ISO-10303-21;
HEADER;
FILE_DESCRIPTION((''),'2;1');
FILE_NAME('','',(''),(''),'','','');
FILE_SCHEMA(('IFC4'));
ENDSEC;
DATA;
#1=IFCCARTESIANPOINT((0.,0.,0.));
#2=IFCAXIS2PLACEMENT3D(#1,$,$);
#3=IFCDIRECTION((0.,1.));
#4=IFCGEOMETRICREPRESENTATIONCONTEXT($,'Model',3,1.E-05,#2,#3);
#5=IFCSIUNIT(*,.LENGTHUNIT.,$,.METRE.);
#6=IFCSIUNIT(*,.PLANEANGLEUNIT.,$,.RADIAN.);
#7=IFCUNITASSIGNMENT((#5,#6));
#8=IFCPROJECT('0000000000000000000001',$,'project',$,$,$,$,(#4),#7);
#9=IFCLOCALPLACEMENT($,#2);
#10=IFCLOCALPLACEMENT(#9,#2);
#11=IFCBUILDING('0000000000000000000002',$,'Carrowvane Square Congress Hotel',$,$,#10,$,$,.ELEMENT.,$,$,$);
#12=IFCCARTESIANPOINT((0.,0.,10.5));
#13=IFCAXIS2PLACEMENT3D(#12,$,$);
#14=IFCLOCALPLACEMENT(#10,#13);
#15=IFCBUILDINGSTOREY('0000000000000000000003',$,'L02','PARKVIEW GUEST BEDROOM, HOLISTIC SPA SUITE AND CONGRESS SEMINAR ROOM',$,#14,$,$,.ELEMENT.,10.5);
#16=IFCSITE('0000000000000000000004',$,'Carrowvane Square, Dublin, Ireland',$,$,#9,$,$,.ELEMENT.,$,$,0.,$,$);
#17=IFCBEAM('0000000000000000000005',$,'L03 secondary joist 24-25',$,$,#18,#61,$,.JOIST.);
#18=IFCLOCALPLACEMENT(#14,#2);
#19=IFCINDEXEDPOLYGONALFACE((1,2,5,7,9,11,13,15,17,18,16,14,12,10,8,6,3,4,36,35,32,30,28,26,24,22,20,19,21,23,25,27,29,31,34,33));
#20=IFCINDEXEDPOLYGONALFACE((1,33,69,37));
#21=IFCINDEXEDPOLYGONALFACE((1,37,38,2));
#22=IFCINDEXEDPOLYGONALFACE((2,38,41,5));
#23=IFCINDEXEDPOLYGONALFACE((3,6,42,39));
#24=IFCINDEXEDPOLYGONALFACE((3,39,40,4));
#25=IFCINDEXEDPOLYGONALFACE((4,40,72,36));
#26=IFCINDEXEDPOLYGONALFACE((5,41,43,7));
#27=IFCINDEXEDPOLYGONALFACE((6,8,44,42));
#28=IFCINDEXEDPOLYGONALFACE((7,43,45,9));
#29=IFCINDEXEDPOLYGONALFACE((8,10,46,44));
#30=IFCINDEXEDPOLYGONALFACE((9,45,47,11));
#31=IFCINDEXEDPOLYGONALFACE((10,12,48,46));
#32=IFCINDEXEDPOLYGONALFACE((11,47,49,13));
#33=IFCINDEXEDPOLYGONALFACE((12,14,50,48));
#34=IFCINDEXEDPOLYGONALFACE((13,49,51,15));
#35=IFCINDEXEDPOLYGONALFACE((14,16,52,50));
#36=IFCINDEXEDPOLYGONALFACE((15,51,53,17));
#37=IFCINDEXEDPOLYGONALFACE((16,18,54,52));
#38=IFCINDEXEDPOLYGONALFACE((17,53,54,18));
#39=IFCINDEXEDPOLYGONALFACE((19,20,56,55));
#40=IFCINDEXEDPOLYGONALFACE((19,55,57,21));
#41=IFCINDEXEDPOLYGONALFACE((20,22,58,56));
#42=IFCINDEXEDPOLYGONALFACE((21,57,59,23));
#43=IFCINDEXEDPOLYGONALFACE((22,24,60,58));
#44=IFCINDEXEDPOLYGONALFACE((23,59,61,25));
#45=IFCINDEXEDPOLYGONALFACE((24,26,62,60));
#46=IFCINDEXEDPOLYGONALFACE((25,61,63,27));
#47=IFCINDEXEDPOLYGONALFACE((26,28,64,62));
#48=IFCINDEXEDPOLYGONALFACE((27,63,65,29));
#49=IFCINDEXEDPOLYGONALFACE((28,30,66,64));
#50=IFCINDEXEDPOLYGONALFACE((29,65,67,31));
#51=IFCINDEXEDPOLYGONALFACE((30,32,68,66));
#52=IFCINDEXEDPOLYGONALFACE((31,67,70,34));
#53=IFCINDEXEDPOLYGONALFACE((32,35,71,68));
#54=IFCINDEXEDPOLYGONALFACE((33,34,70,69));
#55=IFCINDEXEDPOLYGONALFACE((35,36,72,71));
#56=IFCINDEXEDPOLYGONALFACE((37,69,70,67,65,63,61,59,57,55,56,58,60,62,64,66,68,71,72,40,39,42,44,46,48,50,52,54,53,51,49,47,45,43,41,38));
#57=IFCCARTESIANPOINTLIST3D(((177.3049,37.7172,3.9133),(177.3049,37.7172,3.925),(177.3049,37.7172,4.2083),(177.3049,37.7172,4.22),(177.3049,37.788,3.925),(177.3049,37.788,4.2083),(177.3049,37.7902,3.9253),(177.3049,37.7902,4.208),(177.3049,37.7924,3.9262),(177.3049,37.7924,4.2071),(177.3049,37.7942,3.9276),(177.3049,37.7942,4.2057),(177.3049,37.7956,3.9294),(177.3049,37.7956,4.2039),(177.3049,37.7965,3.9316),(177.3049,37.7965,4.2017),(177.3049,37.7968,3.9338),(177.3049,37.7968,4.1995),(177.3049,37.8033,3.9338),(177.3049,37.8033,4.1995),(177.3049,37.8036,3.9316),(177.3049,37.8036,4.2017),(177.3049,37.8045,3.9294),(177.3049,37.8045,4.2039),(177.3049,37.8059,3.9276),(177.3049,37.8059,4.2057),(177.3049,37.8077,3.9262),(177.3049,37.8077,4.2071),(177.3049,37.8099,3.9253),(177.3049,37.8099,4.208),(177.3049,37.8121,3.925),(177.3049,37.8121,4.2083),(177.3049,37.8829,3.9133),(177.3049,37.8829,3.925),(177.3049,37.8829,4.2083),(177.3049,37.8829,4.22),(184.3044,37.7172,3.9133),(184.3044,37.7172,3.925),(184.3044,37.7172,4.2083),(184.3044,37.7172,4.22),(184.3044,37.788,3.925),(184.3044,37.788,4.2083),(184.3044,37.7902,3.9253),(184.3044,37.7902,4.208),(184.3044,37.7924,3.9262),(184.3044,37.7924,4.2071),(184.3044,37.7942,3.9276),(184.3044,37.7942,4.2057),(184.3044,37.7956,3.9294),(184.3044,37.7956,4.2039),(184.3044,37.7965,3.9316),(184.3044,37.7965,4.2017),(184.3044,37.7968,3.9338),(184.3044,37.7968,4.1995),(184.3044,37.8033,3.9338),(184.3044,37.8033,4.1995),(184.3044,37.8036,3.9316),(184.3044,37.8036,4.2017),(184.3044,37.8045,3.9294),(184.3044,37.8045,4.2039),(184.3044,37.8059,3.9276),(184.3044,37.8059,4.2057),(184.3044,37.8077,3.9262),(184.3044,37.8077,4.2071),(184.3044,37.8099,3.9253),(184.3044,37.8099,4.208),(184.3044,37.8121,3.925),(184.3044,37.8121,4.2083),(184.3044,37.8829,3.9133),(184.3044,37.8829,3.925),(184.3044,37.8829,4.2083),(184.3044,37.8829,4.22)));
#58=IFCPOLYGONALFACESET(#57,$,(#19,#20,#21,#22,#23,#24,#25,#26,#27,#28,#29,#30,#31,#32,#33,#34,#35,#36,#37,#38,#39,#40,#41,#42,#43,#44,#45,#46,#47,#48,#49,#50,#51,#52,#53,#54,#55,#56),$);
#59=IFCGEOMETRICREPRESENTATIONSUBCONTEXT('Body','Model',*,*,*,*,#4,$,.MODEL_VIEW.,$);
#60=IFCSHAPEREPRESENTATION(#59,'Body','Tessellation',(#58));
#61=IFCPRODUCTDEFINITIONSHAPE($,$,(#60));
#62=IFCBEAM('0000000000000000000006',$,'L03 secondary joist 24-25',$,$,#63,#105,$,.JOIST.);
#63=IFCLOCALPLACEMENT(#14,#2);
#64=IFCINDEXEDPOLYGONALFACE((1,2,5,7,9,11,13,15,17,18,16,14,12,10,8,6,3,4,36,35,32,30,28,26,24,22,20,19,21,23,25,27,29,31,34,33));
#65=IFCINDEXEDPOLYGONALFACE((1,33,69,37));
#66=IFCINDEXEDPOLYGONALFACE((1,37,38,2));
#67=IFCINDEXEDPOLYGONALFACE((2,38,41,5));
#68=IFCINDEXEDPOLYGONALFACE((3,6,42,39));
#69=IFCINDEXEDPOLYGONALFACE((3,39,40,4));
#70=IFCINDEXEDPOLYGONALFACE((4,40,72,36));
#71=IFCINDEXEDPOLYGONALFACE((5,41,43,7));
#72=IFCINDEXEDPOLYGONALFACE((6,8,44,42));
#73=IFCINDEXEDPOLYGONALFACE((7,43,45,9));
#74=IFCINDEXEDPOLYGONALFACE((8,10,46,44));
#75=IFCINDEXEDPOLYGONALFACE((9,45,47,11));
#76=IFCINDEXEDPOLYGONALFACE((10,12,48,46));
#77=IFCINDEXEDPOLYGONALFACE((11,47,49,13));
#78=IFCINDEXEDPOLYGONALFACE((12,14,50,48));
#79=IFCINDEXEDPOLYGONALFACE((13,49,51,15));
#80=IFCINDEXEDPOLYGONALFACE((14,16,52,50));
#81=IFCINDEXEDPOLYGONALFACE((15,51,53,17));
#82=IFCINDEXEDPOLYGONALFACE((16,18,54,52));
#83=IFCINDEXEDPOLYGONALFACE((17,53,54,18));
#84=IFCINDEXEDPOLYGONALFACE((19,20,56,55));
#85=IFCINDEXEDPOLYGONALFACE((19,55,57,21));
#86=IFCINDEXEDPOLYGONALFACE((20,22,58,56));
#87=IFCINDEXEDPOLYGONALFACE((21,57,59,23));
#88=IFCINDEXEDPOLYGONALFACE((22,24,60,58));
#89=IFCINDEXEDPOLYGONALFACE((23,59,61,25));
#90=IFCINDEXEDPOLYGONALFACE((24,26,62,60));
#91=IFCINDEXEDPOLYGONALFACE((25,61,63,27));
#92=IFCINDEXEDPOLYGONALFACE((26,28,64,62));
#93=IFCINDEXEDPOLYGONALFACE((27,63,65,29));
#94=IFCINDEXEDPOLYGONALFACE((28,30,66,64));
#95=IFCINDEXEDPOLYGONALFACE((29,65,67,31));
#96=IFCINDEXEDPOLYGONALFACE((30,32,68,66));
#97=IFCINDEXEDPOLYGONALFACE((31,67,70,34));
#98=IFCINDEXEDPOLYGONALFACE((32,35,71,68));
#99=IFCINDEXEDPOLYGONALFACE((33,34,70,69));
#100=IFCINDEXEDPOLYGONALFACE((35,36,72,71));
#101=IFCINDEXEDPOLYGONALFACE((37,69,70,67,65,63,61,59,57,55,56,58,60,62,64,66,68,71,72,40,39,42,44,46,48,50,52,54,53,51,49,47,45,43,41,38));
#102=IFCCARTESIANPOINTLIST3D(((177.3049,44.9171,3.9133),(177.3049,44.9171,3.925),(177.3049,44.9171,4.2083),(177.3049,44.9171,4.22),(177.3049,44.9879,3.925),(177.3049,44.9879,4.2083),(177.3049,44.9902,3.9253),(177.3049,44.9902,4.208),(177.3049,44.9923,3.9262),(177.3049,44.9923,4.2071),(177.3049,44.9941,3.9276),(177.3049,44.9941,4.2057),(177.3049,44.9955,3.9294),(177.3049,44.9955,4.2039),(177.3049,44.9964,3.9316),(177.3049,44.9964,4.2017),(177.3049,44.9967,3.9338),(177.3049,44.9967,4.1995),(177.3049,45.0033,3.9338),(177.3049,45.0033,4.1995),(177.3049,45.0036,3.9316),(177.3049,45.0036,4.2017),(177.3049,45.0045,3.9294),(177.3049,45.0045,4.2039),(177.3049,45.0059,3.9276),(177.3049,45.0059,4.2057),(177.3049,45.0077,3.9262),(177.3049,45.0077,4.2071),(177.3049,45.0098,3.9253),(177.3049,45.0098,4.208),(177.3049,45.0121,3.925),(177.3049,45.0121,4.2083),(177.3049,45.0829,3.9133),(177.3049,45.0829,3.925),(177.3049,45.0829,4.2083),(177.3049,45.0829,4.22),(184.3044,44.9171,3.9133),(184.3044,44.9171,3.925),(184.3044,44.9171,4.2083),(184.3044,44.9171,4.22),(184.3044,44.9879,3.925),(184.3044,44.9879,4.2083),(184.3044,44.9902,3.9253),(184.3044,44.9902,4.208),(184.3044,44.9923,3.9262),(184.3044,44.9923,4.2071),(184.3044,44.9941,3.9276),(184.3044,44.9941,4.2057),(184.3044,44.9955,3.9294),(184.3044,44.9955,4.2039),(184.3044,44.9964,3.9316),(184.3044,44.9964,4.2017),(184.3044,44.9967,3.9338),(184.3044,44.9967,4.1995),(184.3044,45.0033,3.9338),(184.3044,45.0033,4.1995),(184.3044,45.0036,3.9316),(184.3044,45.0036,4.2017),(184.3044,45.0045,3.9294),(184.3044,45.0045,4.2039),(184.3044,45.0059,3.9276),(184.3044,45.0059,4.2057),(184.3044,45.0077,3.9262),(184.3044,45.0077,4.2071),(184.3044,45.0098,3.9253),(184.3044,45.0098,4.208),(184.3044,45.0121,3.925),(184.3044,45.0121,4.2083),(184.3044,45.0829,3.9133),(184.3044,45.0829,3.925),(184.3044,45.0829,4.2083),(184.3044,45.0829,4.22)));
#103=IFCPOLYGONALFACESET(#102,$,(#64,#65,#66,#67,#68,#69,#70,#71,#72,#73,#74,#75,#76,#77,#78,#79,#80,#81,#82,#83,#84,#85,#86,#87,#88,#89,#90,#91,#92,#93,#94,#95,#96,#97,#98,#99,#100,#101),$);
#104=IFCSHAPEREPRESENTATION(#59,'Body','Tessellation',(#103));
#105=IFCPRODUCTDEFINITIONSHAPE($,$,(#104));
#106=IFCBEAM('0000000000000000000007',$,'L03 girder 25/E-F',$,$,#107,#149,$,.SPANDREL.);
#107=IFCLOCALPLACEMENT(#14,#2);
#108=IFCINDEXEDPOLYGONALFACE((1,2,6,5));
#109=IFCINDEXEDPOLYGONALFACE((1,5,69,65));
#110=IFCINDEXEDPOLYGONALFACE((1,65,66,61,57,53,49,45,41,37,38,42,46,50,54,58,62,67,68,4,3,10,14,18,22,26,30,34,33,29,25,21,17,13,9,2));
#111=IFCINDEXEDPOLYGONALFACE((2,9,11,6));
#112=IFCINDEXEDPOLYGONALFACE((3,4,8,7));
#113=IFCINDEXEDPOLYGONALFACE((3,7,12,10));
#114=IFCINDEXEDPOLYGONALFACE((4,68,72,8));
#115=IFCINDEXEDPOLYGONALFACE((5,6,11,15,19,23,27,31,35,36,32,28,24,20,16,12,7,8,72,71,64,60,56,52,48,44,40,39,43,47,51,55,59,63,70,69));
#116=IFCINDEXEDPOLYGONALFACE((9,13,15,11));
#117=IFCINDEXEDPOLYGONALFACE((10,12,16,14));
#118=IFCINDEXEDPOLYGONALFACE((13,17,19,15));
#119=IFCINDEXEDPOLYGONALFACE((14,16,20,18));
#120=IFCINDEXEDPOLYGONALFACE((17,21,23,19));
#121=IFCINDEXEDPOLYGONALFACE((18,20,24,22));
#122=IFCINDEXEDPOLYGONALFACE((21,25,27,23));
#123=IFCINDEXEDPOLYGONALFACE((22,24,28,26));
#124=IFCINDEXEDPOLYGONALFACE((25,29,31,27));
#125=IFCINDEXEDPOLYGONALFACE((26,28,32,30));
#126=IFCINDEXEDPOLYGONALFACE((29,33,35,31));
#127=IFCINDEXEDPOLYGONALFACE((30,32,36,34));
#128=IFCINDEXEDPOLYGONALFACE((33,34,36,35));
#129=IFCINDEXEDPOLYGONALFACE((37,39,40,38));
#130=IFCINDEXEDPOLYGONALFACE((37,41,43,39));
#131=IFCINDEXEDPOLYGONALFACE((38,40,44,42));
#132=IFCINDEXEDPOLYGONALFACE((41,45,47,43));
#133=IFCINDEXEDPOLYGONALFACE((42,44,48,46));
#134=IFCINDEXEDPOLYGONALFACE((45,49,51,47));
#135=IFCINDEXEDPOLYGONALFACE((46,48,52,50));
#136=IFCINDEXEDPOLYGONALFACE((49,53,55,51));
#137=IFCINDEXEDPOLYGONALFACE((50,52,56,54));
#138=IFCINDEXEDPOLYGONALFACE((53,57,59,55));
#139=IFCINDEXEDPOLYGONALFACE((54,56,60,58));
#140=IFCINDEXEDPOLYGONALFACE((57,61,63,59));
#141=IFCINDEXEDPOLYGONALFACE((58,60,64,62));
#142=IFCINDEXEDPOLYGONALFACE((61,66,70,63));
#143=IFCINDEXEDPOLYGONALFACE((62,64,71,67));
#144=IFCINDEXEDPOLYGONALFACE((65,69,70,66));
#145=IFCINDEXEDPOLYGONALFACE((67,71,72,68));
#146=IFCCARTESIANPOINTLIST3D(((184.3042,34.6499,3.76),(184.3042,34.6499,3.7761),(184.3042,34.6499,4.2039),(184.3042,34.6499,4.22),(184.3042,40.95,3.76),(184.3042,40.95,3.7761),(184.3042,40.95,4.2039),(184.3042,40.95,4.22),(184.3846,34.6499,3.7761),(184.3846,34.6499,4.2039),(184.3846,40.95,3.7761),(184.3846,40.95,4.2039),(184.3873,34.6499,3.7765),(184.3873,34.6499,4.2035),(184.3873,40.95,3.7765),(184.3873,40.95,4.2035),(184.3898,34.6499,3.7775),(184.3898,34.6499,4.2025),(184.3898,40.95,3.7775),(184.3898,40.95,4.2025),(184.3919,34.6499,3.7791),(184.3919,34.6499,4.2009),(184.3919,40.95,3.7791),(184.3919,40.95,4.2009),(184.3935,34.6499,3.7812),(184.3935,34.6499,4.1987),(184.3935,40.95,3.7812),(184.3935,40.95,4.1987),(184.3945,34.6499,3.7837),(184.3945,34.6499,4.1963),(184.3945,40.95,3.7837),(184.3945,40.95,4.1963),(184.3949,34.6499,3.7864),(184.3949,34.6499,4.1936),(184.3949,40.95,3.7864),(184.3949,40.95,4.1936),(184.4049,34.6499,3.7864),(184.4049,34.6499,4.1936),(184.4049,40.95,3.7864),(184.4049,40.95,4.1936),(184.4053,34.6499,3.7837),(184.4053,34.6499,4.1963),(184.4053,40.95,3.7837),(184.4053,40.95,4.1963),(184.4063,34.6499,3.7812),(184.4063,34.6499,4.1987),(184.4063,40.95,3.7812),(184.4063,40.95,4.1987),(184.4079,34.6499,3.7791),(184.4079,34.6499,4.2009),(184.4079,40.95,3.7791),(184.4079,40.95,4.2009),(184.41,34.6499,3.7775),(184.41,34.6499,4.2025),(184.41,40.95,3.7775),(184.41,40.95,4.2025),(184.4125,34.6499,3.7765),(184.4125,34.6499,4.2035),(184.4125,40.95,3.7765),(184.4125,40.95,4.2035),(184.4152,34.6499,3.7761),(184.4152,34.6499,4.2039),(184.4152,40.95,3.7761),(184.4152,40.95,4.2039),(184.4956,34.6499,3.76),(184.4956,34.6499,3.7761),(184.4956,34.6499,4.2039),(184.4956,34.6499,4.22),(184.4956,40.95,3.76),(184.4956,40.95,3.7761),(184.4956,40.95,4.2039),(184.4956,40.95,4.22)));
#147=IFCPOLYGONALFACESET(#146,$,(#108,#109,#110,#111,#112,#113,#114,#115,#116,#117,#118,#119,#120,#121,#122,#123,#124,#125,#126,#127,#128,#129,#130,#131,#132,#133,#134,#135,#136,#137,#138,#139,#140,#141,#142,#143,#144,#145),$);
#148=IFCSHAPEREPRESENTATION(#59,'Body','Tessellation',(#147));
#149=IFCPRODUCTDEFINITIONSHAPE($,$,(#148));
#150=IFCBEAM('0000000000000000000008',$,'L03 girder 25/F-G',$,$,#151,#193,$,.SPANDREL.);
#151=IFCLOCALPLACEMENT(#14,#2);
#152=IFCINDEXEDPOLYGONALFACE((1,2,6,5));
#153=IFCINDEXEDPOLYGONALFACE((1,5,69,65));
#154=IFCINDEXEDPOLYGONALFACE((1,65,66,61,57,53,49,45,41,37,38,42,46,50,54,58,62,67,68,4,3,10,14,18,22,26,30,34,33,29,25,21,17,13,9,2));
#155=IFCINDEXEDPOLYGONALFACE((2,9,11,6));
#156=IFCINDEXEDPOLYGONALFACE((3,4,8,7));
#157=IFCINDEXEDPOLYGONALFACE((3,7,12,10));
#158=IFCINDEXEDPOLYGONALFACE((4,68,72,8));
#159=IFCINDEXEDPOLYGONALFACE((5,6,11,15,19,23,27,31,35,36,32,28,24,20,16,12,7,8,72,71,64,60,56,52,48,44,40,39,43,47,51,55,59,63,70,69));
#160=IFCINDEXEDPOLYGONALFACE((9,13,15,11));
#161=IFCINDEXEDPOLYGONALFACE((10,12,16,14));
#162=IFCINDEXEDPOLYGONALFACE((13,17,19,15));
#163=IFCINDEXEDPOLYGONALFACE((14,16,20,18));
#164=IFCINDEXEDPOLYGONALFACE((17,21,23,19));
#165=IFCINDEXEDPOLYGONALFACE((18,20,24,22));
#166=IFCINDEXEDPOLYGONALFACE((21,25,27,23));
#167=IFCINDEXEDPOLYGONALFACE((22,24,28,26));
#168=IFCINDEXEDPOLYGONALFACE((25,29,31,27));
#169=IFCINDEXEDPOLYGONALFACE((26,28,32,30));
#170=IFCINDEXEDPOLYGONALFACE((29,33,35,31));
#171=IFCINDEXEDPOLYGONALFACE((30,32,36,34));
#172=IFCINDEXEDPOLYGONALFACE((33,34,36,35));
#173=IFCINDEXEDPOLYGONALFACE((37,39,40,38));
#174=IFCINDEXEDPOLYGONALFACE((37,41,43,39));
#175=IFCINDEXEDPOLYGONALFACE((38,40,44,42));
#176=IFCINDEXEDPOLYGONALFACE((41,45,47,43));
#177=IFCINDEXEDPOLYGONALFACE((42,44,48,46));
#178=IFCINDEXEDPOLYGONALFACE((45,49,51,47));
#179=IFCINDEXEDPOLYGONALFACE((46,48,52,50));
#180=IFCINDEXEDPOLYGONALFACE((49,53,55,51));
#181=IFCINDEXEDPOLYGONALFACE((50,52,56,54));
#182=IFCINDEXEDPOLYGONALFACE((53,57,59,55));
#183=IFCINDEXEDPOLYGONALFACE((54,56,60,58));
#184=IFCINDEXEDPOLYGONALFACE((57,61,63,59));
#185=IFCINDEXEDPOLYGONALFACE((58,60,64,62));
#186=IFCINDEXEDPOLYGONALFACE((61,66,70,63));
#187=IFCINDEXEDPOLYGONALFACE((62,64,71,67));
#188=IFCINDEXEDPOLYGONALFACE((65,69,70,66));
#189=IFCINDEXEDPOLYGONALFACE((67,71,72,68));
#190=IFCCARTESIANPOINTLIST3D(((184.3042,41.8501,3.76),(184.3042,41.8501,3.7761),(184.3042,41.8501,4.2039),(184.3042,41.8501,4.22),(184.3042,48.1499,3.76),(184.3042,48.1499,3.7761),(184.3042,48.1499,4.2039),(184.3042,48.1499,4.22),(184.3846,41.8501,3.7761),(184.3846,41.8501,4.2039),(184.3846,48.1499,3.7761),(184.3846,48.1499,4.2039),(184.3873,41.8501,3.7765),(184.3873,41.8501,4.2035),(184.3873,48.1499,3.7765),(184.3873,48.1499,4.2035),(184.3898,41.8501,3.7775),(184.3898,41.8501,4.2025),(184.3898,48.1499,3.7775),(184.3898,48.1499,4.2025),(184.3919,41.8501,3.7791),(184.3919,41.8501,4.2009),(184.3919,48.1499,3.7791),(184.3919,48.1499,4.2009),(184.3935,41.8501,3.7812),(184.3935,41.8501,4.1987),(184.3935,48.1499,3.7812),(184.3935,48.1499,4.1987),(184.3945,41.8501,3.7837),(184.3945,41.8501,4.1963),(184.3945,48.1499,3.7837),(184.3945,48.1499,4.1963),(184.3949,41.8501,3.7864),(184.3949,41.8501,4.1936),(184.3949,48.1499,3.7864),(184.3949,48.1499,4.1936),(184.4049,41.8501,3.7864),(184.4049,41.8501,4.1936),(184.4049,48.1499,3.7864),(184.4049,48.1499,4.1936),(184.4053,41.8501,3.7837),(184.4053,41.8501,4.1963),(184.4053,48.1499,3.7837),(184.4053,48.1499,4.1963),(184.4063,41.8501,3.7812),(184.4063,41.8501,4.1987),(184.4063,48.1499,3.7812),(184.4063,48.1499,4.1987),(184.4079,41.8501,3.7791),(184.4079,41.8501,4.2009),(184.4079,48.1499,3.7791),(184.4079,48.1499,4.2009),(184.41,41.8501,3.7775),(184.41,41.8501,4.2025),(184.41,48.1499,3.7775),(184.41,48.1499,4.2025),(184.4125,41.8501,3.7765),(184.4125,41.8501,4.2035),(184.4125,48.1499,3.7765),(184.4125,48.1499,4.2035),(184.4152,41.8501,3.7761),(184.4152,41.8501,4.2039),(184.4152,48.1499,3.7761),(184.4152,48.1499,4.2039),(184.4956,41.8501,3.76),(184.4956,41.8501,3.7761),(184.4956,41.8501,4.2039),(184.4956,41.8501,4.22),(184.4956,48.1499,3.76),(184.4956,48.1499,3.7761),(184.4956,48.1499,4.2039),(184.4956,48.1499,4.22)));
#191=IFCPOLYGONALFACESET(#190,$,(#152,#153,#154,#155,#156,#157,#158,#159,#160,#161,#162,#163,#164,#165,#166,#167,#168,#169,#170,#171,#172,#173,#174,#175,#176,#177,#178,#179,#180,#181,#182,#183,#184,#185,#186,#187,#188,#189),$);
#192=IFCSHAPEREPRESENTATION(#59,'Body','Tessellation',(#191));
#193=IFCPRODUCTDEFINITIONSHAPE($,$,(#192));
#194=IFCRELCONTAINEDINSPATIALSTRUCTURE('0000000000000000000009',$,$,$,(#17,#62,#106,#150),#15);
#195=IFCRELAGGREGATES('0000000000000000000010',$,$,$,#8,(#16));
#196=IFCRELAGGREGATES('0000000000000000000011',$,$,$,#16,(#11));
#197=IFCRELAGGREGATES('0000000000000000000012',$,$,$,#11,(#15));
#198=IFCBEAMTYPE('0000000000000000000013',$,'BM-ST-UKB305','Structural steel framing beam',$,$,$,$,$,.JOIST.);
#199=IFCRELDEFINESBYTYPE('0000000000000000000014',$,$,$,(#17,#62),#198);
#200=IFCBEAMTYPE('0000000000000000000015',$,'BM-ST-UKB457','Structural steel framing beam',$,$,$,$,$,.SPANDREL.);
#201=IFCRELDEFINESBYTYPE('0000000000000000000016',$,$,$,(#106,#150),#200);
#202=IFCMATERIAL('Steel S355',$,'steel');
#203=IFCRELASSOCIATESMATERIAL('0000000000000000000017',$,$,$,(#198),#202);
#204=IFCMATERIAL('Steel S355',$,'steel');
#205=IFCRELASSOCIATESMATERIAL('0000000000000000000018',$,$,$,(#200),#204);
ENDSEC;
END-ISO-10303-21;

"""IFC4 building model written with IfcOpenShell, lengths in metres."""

from ifc_helpers import new_model, si_unit, direction, frame, origin, origin_2d, place, context, subcontext, project, spatial, i_section, extrude, material, material_profile, profile_set, type_object, element, save


model = new_model("IFC4")

# Units and contexts
model_context = context("Model", 3, precision=1e-05, world=origin(), true_north=direction((0.0, 1.0)))
body_context = subcontext(model_context, "Body", "Model", "MODEL_VIEW")
ifc_project = project(units=[si_unit("LENGTHUNIT", "METRE"), si_unit("PLANEANGLEUNIT", "RADIAN")], contexts=[model_context])

# Site, building, storey
site_placement = place(None, origin())
site = spatial("IfcSite", under=ifc_project, at=site_placement, Name="Carrowvane Square, Dublin, Ireland", CompositionType="ELEMENT", RefElevation=0.0)
building_placement = place(site_placement, origin())
building = spatial("IfcBuilding", under=site, at=building_placement, Name="Carrowvane Square Congress Hotel", CompositionType="ELEMENT")
storey_placement = place(building_placement, frame((0.0, 0.0, 10.5)))
storey = spatial("IfcBuildingStorey", under=building, at=storey_placement, Name="L02", Description="PARKVIEW GUEST BEDROOM, HOLISTIC SPA SUITE AND CONGRESS SEMINAR ROOM", CompositionType="ELEMENT", Elevation=10.5)

# Beams
ifc_material_1 = material(Name="Steel S355", Category="steel")
ifc_material_profile_1 = material_profile(ifc_material_1, i_section(OverallWidth=0.1658, OverallDepth=0.3066, WebThickness=0.0066, FlangeThickness=0.0117, FilletRadius=0.0088, at=origin_2d()), Name="UKB 305x165x46")
ifc_profile_set_1 = profile_set([ifc_material_profile_1], Name="Steel S355")
beam_type_1 = type_object("IfcBeamType", Name="BM-ST-UKB305", Description="Structural steel framing beam", PredefinedType="JOIST", material=ifc_profile_set_1)
for number, where, z_axis, x_axis, name in (
    (1, (177.3049, 37.8, 4.0667), (1.0, 0.0, 0.0), (0.0, 1.0, 0.0), "L03 secondary joist 24-25"),
    (2, (177.3049, 45.0, 4.0667), (1.0, 0.0, 0.0), (0.0, 1.0, 0.0), "L03 secondary joist 24-25"),
):
    element("IfcBeam", number, at=place(storey_placement, frame(where, z_axis=z_axis, x_axis=x_axis)), inside=storey, type_object=beam_type_1, Name=name, PredefinedType="JOIST", context=body_context, shape_type="SweptSolid", body=[
        extrude(i_section(OverallWidth=0.1658, OverallDepth=0.3066, WebThickness=0.0066, FlangeThickness=0.0117, FilletRadius=0.0088, at=origin_2d()), origin(), (0.0, 0.0, 1.0), 6.9995),
    ])
ifc_material_2 = material(Name="Steel S355", Category="steel")
ifc_material_profile_2 = material_profile(ifc_material_2, i_section(OverallWidth=0.1914, OverallDepth=0.46, WebThickness=0.01, FlangeThickness=0.0161, FilletRadius=0.0103, at=origin_2d()), Name="UKB 457x191x82")
ifc_profile_set_2 = profile_set([ifc_material_profile_2], Name="Steel S355")
beam_type_2 = type_object("IfcBeamType", Name="BM-ST-UKB457", Description="Structural steel framing beam", PredefinedType="SPANDREL", material=ifc_profile_set_2)
beam_1_placement = place(storey_placement, frame((184.3999, 34.6499, 3.99), z_axis=(0.0, 1.0, 0.0), x_axis=(-1.0, 0.0, 0.0)))
element("IfcBeam", 3, at=beam_1_placement, inside=storey, type_object=beam_type_2, Name="L03 girder 25/E-F", PredefinedType="SPANDREL", context=body_context, shape_type="SweptSolid", body=[
    extrude(i_section(OverallWidth=0.1914, OverallDepth=0.46, WebThickness=0.01, FlangeThickness=0.0161, FilletRadius=0.0103, at=origin_2d()), origin(), (0.0, 0.0, 1.0), 6.3),
])
beam_2_placement = place(storey_placement, frame((184.3999, 41.8501, 3.99), z_axis=(0.0, 1.0, 0.0), x_axis=(-1.0, 0.0, 0.0)))
element("IfcBeam", 4, at=beam_2_placement, inside=storey, type_object=beam_type_2, Name="L03 girder 25/F-G", PredefinedType="SPANDREL", context=body_context, shape_type="SweptSolid", body=[
    extrude(i_section(OverallWidth=0.1914, OverallDepth=0.46, WebThickness=0.01, FlangeThickness=0.0161, FilletRadius=0.0103, at=origin_2d()), origin(), (0.0, 0.0, 1.0), 6.2998),
])

save(model, "model.ifc")
